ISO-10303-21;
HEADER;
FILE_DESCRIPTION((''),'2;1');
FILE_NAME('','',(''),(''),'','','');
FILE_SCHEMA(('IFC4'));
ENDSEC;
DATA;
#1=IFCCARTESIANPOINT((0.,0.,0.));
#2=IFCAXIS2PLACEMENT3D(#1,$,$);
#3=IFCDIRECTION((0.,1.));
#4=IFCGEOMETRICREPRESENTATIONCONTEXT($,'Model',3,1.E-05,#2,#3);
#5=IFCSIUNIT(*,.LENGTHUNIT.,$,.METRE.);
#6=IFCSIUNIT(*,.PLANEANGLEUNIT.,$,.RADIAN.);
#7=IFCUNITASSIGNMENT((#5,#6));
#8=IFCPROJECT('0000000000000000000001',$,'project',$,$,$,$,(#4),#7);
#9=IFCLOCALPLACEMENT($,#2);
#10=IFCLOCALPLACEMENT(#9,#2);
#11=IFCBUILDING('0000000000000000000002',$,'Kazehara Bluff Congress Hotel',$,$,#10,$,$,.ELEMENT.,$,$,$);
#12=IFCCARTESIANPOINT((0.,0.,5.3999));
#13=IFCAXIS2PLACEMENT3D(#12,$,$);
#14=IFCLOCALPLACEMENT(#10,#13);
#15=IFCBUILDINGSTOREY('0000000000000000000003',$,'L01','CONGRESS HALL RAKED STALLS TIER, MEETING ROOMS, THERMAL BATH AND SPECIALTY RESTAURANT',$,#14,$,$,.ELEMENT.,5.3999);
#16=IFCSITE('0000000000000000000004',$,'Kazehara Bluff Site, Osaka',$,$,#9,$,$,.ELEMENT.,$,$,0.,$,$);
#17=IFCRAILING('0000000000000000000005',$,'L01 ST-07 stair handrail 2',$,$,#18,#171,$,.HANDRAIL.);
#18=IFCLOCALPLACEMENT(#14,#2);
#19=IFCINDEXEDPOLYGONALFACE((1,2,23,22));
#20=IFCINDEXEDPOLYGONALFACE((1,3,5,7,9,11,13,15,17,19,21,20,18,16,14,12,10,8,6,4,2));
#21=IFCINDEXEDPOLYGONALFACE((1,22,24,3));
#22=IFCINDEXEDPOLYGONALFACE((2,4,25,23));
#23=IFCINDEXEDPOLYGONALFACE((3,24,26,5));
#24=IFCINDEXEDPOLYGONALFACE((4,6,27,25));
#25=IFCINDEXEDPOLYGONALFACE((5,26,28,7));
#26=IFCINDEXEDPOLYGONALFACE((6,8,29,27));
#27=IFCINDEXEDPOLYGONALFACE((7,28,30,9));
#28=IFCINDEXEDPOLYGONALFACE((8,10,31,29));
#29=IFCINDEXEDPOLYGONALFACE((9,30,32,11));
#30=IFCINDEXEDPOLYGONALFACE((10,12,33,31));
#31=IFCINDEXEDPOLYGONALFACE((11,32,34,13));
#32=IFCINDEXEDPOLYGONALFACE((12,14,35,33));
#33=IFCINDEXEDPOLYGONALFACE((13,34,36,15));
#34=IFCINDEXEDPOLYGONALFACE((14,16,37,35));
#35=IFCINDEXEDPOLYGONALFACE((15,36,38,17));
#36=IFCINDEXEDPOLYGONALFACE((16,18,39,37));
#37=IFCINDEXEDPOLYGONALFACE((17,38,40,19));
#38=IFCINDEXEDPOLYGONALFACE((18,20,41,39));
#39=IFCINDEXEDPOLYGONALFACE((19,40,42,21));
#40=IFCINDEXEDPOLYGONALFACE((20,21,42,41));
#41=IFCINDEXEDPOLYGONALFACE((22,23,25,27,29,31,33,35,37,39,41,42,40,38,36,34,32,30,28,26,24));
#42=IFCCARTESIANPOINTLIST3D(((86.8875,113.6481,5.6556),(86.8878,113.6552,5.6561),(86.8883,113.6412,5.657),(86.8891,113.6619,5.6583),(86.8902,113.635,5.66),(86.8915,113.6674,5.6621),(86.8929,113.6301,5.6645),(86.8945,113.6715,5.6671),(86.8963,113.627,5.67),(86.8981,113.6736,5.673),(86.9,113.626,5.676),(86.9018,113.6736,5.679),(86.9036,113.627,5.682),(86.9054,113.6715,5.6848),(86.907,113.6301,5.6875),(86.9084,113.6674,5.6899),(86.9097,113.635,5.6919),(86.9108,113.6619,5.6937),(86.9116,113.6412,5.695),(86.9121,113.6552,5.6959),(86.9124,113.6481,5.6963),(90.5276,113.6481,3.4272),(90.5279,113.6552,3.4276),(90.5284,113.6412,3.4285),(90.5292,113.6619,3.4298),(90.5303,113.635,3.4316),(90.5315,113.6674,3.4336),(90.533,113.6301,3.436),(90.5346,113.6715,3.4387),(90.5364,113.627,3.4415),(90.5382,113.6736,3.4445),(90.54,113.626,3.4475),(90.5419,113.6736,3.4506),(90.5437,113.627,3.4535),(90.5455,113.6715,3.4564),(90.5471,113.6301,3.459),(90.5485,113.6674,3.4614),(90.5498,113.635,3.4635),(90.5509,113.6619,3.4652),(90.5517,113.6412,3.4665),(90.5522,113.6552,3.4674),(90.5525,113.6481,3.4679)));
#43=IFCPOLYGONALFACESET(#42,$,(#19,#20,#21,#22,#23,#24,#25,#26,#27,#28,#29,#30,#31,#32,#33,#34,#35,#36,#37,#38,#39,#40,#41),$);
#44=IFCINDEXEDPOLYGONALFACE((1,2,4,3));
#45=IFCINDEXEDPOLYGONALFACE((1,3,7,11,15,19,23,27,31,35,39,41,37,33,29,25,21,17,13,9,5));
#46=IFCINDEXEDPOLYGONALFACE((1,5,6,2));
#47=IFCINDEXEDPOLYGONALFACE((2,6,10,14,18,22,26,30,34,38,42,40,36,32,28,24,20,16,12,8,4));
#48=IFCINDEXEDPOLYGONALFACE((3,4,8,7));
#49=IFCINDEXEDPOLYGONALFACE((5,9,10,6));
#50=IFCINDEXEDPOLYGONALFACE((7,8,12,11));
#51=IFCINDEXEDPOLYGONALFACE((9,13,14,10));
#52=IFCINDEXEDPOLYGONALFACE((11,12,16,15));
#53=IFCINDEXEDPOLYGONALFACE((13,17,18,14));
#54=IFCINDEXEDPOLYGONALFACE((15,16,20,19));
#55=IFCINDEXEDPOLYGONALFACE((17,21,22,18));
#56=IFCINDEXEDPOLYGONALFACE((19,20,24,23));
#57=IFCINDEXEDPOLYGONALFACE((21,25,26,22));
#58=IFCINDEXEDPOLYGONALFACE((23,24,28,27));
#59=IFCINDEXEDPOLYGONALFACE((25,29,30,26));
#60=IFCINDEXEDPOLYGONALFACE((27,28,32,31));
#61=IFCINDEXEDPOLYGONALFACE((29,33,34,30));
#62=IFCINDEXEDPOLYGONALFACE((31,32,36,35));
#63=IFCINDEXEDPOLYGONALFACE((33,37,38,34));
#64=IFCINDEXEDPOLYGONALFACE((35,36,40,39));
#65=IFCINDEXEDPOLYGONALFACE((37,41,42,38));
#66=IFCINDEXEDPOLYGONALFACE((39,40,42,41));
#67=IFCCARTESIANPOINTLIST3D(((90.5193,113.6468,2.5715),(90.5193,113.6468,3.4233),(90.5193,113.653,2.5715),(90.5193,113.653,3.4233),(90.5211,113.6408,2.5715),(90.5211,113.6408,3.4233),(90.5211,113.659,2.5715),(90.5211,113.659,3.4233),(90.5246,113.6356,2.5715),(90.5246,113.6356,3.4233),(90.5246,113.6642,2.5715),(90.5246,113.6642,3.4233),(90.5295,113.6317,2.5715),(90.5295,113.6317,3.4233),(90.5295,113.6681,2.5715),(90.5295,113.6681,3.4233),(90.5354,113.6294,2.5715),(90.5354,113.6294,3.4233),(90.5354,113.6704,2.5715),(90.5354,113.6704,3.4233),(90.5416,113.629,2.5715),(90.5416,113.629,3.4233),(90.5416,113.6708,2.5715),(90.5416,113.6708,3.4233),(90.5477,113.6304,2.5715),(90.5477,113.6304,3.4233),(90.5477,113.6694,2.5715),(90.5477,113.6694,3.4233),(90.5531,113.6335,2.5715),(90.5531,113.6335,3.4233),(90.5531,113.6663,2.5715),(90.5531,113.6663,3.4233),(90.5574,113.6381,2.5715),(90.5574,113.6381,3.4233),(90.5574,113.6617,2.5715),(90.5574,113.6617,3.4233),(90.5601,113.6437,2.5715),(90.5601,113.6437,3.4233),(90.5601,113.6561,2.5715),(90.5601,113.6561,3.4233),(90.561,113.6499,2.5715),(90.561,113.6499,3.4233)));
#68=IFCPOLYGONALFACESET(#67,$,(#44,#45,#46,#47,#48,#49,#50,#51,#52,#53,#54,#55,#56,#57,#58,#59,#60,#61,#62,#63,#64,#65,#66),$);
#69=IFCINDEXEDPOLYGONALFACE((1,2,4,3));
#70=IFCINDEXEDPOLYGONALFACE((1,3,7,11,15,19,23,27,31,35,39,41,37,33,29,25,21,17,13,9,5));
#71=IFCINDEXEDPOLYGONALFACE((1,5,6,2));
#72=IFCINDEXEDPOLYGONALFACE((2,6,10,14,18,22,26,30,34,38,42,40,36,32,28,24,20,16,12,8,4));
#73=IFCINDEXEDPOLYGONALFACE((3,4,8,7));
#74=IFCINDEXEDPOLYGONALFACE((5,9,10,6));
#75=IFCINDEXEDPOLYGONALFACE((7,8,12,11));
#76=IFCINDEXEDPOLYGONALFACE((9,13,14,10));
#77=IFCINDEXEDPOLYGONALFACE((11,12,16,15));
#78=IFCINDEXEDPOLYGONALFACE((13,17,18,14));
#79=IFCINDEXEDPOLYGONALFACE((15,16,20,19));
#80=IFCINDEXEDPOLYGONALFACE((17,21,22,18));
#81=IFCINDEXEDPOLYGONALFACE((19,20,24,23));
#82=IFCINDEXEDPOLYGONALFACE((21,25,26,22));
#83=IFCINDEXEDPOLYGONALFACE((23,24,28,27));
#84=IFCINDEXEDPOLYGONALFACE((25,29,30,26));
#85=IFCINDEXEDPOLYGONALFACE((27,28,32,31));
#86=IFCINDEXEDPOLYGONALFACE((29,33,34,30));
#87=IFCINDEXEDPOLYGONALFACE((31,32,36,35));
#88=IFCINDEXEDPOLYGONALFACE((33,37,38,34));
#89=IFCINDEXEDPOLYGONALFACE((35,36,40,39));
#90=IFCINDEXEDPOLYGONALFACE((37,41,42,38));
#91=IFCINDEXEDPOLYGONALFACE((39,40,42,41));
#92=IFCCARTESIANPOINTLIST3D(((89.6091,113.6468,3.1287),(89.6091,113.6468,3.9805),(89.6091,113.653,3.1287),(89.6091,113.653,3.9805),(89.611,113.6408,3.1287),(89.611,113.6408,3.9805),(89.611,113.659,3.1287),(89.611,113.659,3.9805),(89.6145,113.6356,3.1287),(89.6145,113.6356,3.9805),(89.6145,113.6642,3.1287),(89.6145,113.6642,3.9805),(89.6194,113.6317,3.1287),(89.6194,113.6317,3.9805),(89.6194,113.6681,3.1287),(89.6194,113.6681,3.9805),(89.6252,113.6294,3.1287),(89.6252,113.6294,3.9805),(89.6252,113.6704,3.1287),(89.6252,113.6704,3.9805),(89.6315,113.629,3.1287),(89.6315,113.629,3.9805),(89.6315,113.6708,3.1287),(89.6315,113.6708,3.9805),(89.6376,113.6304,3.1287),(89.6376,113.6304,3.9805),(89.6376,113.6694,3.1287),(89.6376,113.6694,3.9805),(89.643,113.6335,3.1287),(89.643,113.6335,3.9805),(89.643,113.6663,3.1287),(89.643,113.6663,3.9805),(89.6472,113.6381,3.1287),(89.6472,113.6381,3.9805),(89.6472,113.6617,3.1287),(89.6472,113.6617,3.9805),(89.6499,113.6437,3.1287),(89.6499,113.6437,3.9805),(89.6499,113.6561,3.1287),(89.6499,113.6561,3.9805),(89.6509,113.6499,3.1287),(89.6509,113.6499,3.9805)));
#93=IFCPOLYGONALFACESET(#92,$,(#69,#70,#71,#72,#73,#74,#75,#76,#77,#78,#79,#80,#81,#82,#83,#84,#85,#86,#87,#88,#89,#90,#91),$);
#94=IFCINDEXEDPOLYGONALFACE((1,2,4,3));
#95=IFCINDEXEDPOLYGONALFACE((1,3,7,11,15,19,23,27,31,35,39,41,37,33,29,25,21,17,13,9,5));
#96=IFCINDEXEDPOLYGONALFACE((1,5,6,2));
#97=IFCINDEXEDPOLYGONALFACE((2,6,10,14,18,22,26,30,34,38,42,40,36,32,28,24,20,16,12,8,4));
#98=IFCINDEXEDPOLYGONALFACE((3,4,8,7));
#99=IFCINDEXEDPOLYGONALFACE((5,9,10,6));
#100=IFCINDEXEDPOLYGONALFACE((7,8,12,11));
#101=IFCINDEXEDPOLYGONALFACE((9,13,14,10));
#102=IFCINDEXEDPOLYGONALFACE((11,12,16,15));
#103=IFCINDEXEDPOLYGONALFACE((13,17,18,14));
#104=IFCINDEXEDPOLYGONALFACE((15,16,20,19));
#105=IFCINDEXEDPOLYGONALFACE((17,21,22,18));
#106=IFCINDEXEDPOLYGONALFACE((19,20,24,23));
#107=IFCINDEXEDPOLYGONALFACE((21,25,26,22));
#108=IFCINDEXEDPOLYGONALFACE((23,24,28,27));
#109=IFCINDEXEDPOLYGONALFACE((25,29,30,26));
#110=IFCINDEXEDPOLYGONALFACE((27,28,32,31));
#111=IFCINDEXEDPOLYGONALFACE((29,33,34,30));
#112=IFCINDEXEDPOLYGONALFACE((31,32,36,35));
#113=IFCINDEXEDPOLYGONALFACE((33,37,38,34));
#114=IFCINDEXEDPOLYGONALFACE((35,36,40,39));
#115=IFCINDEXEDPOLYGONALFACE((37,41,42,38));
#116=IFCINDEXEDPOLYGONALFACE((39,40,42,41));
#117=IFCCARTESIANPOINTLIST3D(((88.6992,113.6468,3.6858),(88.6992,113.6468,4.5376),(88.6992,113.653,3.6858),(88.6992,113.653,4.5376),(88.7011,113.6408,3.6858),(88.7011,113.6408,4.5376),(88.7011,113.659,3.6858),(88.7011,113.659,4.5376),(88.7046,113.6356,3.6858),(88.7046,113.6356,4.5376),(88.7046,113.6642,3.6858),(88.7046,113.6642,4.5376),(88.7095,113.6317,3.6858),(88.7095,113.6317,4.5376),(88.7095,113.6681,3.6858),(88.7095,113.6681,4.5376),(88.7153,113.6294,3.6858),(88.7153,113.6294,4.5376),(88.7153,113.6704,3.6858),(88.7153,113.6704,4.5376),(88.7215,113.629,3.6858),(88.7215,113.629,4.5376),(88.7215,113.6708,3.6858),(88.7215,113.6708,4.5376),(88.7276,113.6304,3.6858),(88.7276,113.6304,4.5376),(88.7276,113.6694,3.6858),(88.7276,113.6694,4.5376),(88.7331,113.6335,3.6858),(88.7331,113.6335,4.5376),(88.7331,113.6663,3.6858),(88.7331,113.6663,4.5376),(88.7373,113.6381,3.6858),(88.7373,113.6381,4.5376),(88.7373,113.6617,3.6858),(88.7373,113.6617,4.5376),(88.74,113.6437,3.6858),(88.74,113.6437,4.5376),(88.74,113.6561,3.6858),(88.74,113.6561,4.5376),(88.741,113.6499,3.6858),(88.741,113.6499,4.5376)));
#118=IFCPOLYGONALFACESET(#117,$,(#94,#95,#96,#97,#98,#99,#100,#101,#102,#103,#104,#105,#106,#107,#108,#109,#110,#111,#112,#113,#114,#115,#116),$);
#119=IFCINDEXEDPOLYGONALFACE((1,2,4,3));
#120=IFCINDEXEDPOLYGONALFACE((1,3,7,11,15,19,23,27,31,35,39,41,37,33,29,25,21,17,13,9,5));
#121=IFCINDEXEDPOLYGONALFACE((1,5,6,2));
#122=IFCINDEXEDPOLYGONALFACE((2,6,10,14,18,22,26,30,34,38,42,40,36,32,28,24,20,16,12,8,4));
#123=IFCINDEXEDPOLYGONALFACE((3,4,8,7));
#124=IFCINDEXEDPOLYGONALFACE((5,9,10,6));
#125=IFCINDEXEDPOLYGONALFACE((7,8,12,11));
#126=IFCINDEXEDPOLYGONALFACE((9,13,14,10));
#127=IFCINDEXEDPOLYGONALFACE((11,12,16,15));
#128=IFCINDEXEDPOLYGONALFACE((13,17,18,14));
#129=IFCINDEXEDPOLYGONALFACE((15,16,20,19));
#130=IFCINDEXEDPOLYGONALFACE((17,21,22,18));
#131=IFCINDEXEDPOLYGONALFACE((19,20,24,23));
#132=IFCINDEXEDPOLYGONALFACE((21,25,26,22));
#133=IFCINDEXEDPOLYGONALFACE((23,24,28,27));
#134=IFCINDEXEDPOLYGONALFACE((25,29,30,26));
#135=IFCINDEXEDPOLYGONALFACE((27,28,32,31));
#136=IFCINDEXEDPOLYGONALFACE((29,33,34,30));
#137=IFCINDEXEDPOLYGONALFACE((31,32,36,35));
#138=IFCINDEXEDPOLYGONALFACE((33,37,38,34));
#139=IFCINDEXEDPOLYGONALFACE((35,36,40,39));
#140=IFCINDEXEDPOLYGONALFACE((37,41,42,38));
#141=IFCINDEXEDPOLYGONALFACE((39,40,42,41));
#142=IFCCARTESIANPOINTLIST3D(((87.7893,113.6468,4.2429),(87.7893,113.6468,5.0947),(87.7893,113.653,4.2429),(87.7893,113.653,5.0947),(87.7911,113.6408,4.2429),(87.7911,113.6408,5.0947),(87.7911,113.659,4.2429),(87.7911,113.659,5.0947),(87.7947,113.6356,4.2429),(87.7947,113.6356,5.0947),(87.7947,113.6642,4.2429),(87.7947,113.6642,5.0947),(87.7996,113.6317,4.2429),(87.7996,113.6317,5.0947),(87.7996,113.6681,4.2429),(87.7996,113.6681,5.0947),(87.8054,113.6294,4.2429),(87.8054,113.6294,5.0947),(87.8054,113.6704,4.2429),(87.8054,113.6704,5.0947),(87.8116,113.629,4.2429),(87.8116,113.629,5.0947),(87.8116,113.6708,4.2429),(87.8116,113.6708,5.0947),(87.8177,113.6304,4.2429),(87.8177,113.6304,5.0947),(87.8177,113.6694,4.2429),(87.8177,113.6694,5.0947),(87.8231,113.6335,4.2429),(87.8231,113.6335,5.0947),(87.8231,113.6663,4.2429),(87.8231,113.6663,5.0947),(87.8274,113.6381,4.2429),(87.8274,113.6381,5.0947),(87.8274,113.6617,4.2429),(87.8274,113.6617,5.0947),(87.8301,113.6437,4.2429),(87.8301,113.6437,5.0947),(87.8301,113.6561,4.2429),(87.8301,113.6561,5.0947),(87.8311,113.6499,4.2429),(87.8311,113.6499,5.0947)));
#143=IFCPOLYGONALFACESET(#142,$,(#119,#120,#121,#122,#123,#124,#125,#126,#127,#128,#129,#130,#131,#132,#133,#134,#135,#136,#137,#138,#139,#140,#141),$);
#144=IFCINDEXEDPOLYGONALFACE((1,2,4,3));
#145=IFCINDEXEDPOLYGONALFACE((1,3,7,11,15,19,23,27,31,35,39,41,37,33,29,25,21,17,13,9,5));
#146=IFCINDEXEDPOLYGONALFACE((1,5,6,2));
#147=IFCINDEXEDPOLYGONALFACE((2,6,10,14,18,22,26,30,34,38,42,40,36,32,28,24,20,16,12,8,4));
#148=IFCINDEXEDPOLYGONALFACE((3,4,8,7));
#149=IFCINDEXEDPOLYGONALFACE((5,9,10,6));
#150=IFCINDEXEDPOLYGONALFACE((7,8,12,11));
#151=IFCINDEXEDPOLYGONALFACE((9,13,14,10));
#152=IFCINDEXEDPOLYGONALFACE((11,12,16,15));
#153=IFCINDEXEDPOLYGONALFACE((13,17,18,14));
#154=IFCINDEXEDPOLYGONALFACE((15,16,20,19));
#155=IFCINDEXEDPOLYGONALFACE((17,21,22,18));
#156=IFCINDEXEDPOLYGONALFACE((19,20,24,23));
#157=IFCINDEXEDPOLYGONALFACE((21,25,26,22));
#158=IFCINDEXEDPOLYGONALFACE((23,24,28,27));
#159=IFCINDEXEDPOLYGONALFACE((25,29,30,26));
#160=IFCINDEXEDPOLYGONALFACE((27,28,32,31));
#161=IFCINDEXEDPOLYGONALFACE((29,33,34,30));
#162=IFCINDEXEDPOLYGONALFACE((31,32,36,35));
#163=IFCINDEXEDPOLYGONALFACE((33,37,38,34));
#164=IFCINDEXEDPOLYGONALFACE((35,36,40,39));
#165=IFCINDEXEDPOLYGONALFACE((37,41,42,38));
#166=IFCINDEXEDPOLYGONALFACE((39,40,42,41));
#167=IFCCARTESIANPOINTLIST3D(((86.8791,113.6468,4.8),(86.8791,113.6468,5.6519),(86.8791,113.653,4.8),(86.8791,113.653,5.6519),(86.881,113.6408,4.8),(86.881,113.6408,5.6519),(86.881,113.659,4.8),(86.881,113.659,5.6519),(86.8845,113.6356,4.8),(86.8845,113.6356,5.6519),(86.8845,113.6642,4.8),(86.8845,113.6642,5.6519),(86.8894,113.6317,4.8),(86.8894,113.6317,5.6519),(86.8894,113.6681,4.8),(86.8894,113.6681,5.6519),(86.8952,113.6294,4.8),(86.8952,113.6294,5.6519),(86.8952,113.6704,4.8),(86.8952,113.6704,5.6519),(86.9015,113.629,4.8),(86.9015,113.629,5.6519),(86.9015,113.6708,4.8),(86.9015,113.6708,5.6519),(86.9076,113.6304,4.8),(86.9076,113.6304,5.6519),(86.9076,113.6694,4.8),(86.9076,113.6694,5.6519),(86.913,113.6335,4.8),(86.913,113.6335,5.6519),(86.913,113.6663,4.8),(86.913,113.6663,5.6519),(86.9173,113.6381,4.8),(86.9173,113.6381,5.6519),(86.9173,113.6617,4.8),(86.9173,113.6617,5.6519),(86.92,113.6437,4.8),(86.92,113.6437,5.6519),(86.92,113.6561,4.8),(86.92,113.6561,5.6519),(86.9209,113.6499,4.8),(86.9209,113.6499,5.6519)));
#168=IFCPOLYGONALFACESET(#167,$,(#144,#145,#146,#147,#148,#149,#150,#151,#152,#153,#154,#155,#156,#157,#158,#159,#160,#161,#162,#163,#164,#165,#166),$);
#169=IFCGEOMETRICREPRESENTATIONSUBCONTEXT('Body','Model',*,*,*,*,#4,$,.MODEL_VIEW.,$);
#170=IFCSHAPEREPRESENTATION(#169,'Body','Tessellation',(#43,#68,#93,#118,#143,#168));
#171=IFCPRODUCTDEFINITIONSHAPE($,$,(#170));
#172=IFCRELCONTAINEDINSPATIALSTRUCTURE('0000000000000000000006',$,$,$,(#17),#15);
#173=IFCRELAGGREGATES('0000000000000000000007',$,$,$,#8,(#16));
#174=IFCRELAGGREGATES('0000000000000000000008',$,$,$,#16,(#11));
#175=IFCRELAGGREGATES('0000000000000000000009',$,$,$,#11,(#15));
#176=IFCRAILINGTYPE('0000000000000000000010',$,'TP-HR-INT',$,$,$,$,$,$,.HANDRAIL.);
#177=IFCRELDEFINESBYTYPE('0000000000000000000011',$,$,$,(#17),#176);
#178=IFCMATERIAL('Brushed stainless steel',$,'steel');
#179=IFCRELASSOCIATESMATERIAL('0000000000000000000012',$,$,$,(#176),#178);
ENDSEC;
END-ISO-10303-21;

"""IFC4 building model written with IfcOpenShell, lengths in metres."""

from ifc_helpers import new_model, si_unit, direction, frame, origin, origin_2d, place, context, subcontext, project, spatial, circle, extrude, material, type_object, element, save


model = new_model("IFC4")

# Units and contexts
model_context = context("Model", 3, precision=1e-05, world=origin(), true_north=direction((0.0, 1.0)))
body_context = subcontext(model_context, "Body", "Model", "MODEL_VIEW")
ifc_project = project(units=[si_unit("LENGTHUNIT", "METRE"), si_unit("PLANEANGLEUNIT", "RADIAN")], contexts=[model_context])

# Site, building, storey
site_placement = place(None, origin())
site = spatial("IfcSite", under=ifc_project, at=site_placement, Name="Kazehara Bluff Site, Osaka", CompositionType="ELEMENT", RefElevation=0.0)
building_placement = place(site_placement, origin())
building = spatial("IfcBuilding", under=site, at=building_placement, Name="Kazehara Bluff Congress Hotel", CompositionType="ELEMENT")
storey_placement = place(building_placement, frame((0.0, 0.0, 5.3999)))
storey = spatial("IfcBuildingStorey", under=building, at=storey_placement, Name="L01", Description="CONGRESS HALL RAKED STALLS TIER, MEETING ROOMS, THERMAL BATH AND SPECIALTY RESTAURANT", CompositionType="ELEMENT", Elevation=5.3999)

# Railing
ifc_material_1 = material(Name="Brushed stainless steel", Category="steel")
railing_type_1 = type_object("IfcRailingType", Name="TP-HR-INT", PredefinedType="HANDRAIL", material=ifc_material_1)
railing_1_placement = place(storey_placement, frame((90.54, 113.6499, 2.5715)))
element("IfcRailing", 1, at=railing_1_placement, inside=storey, type_object=railing_type_1, Name="L01 ST-07 stair handrail 2", PredefinedType="HANDRAIL", context=body_context, shape_type="SweptSolid", body=[
    extrude(circle(Radius=0.0239, at=origin_2d()), frame((0.0, 0.0, 0.876), z_axis=(-0.852866, 0.0, 0.52213), x_axis=(0.0, -1.0, 0.0)), (0.0, 0.0, 1.0), 4.2681),
    extrude(circle(Radius=0.021, at=origin_2d()), origin(), (0.0, 0.0, 1.0), 0.8518),
    extrude(circle(Radius=0.021, at=origin_2d()), frame((-0.9102, 0.0, 0.5571)), (0.0, 0.0, 1.0), 0.8518),
    extrude(circle(Radius=0.021, at=origin_2d()), frame((-1.8201, 0.0, 1.1143)), (0.0, 0.0, 1.0), 0.8518),
    extrude(circle(Radius=0.021, at=origin_2d()), frame((-2.73, 0.0, 1.6714)), (0.0, 0.0, 1.0), 0.8518),
    extrude(circle(Radius=0.021, at=origin_2d()), frame((-3.6401, 0.0, 2.2285)), (0.0, 0.0, 1.0), 0.8518),
])

save(model, "model.ifc")
